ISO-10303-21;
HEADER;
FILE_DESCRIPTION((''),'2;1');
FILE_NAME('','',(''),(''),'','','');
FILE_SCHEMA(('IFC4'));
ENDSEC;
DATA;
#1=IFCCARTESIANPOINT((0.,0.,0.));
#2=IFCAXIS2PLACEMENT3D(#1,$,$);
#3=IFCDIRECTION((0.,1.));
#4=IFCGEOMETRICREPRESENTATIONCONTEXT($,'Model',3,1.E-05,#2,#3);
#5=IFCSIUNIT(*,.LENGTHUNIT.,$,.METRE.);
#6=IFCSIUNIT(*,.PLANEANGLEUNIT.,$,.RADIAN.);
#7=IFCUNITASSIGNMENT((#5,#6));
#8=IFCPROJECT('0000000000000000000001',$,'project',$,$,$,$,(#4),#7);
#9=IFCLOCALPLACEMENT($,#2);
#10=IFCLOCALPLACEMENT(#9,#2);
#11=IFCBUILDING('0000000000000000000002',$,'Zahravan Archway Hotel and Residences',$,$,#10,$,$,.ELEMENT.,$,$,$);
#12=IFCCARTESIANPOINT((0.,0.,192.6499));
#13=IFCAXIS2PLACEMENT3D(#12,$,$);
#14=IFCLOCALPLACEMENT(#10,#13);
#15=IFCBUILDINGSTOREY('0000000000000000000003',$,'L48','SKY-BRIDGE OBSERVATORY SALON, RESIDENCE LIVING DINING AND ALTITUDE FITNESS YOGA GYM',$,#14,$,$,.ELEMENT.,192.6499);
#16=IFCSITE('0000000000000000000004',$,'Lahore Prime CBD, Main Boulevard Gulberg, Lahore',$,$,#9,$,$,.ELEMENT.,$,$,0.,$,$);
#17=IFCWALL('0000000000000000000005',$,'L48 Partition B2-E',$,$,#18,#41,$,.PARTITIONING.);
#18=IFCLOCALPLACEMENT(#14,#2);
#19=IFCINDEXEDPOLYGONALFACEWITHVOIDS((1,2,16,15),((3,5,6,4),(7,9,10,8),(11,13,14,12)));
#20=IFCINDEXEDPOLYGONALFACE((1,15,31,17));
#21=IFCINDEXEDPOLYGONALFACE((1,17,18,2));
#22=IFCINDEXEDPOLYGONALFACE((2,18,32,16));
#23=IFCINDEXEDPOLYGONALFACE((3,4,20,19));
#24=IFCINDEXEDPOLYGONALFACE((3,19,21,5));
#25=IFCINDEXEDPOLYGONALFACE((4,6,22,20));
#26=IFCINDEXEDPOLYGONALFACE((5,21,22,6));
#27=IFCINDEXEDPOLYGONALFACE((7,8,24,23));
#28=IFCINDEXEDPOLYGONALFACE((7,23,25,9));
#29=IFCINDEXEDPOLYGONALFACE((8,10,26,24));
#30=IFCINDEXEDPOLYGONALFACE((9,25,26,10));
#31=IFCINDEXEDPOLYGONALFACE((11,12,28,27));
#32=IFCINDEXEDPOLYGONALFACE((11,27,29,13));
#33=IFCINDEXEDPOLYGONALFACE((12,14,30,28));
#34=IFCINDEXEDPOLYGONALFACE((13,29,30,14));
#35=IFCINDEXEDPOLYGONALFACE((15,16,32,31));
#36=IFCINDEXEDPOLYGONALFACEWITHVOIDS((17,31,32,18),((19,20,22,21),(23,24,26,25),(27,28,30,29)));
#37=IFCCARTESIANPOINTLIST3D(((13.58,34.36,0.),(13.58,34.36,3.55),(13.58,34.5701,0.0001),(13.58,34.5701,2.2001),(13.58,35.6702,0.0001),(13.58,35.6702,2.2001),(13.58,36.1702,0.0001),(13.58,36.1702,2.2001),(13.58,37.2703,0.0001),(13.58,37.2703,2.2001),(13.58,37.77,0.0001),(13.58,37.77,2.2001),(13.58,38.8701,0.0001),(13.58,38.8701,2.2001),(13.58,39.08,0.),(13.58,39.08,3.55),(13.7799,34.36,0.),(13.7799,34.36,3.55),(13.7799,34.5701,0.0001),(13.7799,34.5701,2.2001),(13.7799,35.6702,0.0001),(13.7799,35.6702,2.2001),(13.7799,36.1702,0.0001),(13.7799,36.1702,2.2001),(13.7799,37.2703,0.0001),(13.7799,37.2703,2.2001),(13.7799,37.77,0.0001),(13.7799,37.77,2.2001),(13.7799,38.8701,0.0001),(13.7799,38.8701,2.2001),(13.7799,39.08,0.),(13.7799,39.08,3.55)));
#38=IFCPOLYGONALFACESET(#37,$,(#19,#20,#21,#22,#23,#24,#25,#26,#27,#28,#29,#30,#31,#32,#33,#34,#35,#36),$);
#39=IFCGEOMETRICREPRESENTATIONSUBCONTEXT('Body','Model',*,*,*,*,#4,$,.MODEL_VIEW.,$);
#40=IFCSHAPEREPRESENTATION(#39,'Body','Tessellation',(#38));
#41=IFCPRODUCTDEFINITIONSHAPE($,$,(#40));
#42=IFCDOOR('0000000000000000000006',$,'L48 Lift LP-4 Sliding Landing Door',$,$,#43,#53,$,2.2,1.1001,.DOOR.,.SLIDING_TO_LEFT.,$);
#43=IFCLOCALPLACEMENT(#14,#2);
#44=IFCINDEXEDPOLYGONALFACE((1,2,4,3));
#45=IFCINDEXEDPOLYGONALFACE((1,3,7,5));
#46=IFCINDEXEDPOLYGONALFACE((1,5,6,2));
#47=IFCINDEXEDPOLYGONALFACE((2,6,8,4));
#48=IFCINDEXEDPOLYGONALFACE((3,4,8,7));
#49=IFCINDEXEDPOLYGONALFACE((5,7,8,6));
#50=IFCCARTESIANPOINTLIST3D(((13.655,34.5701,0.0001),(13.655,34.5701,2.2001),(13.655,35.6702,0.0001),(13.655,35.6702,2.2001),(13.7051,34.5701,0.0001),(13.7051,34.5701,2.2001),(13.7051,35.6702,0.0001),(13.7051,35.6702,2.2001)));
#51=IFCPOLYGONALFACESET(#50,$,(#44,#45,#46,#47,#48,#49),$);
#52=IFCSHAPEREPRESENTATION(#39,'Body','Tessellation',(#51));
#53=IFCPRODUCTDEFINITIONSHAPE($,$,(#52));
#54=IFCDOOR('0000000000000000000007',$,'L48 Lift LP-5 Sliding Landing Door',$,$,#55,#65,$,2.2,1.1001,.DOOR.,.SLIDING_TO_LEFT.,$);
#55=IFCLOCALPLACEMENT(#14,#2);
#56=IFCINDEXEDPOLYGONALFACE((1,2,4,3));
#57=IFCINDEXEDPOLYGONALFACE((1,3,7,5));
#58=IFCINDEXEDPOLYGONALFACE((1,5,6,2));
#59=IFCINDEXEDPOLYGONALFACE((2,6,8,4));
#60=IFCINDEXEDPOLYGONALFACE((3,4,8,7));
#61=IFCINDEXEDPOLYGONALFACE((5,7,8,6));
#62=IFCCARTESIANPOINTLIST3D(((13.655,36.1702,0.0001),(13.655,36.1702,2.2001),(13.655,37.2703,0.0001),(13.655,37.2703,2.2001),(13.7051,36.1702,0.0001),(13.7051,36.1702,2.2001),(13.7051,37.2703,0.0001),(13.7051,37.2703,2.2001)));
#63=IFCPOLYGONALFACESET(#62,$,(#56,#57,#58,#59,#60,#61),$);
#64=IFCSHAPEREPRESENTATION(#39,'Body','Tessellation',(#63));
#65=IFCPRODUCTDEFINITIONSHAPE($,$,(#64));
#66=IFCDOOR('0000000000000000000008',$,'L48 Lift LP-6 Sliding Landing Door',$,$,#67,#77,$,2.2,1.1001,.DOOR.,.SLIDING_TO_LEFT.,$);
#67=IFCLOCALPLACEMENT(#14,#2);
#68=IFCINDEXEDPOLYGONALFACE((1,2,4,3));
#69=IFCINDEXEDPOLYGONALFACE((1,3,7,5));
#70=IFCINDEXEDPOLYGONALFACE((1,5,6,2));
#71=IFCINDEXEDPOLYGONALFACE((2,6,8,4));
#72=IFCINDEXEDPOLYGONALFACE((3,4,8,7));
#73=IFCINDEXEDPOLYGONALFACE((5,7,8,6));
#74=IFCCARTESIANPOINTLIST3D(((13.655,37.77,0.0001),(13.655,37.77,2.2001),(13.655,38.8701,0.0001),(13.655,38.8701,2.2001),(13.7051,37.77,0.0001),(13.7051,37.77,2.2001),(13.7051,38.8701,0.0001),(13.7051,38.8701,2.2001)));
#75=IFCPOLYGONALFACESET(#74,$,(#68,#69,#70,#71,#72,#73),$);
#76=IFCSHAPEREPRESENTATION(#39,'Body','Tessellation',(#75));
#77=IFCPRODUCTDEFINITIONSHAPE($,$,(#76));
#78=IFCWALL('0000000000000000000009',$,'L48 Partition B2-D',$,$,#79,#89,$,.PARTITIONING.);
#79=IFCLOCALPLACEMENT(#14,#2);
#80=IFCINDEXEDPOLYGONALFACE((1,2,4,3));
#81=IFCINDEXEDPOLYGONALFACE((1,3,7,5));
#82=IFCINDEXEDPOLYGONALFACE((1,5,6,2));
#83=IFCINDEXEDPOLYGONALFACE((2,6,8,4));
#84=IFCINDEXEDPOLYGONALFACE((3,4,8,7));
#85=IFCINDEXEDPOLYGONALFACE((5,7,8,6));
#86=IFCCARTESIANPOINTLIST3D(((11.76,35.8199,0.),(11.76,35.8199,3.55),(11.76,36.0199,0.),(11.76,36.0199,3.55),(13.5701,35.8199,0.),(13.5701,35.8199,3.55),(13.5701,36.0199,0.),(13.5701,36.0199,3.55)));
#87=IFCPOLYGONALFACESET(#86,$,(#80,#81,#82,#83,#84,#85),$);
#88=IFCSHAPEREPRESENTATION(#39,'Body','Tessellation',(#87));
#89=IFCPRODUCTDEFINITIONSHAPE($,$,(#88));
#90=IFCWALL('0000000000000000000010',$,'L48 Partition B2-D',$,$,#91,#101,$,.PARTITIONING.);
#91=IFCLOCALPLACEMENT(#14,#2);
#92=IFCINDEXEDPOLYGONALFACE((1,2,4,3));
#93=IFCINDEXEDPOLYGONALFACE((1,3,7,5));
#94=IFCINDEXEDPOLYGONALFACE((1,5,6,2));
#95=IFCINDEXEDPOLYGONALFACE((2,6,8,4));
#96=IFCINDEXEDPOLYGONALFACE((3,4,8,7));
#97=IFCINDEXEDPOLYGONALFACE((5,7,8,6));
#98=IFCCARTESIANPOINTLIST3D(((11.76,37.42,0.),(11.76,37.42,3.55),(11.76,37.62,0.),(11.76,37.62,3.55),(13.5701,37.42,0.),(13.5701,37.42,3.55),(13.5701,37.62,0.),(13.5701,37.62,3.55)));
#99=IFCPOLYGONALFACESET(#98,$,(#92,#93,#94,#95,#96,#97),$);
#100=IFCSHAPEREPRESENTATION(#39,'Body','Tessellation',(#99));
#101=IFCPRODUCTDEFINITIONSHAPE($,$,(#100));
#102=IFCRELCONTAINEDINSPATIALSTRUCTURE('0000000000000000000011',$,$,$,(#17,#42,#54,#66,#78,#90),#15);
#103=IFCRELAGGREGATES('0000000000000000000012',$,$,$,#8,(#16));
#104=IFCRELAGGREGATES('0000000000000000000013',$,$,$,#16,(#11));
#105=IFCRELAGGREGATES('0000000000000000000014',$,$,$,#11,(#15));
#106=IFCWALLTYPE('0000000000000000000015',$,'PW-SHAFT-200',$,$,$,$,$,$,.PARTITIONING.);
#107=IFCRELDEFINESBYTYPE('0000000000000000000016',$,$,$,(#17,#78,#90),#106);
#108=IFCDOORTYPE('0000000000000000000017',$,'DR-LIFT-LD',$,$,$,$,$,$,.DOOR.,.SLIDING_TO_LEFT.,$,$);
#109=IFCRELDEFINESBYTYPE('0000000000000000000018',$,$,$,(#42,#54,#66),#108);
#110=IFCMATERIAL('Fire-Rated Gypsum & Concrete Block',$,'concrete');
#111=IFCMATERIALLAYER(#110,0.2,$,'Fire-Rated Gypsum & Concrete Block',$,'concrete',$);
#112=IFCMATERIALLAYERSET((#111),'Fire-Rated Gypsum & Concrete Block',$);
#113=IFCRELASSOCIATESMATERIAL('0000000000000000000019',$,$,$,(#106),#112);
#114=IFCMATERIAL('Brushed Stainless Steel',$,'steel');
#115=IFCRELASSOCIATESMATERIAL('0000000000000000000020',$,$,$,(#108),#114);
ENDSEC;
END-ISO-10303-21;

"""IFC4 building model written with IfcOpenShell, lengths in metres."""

from ifc_helpers import new_model, si_unit, direction, frame, frame_2d, origin, place, context, subcontext, project, spatial, rectangle, extrude, source, transform, mapped, material, layer, layer_set, type_object, type_shapes, element, fill, save


model = new_model("IFC4")

# Units and contexts
model_context = context("Model", 3, precision=1e-05, world=origin(), true_north=direction((0.0, 1.0)))
body_context = subcontext(model_context, "Body", "Model", "MODEL_VIEW")
ifc_project = project(units=[si_unit("LENGTHUNIT", "METRE"), si_unit("PLANEANGLEUNIT", "RADIAN")], contexts=[model_context])

# Site, building, storey
site_placement = place(None, origin())
site = spatial("IfcSite", under=ifc_project, at=site_placement, Name="Lahore Prime CBD, Main Boulevard Gulberg, Lahore", CompositionType="ELEMENT", RefElevation=0.0)
building_placement = place(site_placement, origin())
building = spatial("IfcBuilding", under=site, at=building_placement, Name="Zahravan Archway Hotel and Residences", CompositionType="ELEMENT")
storey_placement = place(building_placement, frame((0.0, 0.0, 192.6499)))
storey = spatial("IfcBuildingStorey", under=building, at=storey_placement, Name="L48", Description="SKY-BRIDGE OBSERVATORY SALON, RESIDENCE LIVING DINING AND ALTITUDE FITNESS YOGA GYM", CompositionType="ELEMENT", Elevation=192.6499)

# Shared definitions
ifc_material_1 = material(Name="Fire-Rated Gypsum & Concrete Block", Category="concrete")

# Shared definitions
ifc_layer_1 = layer(ifc_material_1, 0.2, Name="Fire-Rated Gypsum & Concrete Block", Category="concrete")
ifc_layer_set_1 = layer_set([ifc_layer_1], Name="Fire-Rated Gypsum & Concrete Block")
wall_type_1 = type_object("IfcWallType", Name="PW-SHAFT-200", PredefinedType="PARTITIONING", material=ifc_layer_set_1)

# Wall, openings, doors
wall_1_placement = place(storey_placement, frame((13.6799, 34.3601, 0.0), z_axis=(0.0, 0.0, 1.0), x_axis=(0.0, 1.0, 0.0)))
wall_1 = element("IfcWall", 1, at=wall_1_placement, inside=storey, type_object=wall_type_1, Name="L48 Partition B2-E", PredefinedType="PARTITIONING", context=body_context, shape_type="SweptSolid", body=[
    extrude(rectangle(XDim=4.72, YDim=0.2, at=frame_2d((2.3599, 0.0))), origin(), (0.0, 0.0, 1.0), 3.55),
])
opening_1_placement = place(wall_1_placement, frame((0.21, 0.0, 0.0)))
opening_1 = element("IfcOpeningElement", 2, at=opening_1_placement, cuts=wall_1, PredefinedType="OPENING", context=body_context, shape_type="SweptSolid", body=[
    extrude(rectangle(XDim=1.1001, YDim=2.2, at=frame_2d((0.55, 1.1001))), frame((0.0, 0.1099, 0.0), z_axis=(0.0, -1.0, 0.0), x_axis=(1.0, 0.0, 0.0)), (0.0, 0.0, 1.0), 0.22),
])
opening_2_placement = place(wall_1_placement, frame((1.8101, 0.0, 0.0)))
opening_2 = element("IfcOpeningElement", 3, at=opening_2_placement, cuts=wall_1, PredefinedType="OPENING", context=body_context, shape_type="SweptSolid", body=[
    extrude(rectangle(XDim=1.1001, YDim=2.2, at=frame_2d((0.55, 1.1001))), frame((0.0, 0.1099, 0.0), z_axis=(0.0, -1.0, 0.0), x_axis=(1.0, 0.0, 0.0)), (0.0, 0.0, 1.0), 0.22),
])
opening_3_placement = place(wall_1_placement, frame((3.4099, 0.0, 0.0)))
opening_3 = element("IfcOpeningElement", 4, at=opening_3_placement, cuts=wall_1, PredefinedType="OPENING", context=body_context, shape_type="SweptSolid", body=[
    extrude(rectangle(XDim=1.1001, YDim=2.2, at=frame_2d((0.55, 1.1001))), frame((0.0, 0.1099, 0.0), z_axis=(0.0, -1.0, 0.0), x_axis=(1.0, 0.0, 0.0)), (0.0, 0.0, 1.0), 0.22),
])
ifc_material_2 = material(Name="Brushed Stainless Steel", Category="steel")
door_type_1 = type_object("IfcDoorType", Name="DR-LIFT-LD", OperationType="SLIDING_TO_LEFT", PredefinedType="DOOR", material=ifc_material_2)
shared_shape_1 = source(origin(), body_context, "Body", "SweptSolid", [
    extrude(rectangle(XDim=1.1001, YDim=2.2, at=frame_2d((0.55, 1.1001))), frame((0.0, 0.0249, 0.0), z_axis=(0.0, -1.0, 0.0), x_axis=(1.0, 0.0, 0.0)), (0.0, 0.0, 1.0), 0.05),
])
type_shapes(door_type_1, [shared_shape_1])
door_1_placement = place(opening_1_placement, origin())
door_1 = element("IfcDoor", 5, at=door_1_placement, inside=storey, type_object=door_type_1, Name="L48 Lift LP-4 Sliding Landing Door", OperationType="SLIDING_TO_LEFT", OverallHeight=2.2, OverallWidth=1.1001, PredefinedType="DOOR", context=body_context, shape_type="MappedRepresentation", body=[
    mapped(shared_shape_1, transform((0.0, 0.0, 0.0), scale=1.0)),
])
fill(opening_1, door_1)
door_2_placement = place(opening_2_placement, origin())
door_2 = element("IfcDoor", 6, at=door_2_placement, inside=storey, type_object=door_type_1, Name="L48 Lift LP-5 Sliding Landing Door", OperationType="SLIDING_TO_LEFT", OverallHeight=2.2, OverallWidth=1.1001, PredefinedType="DOOR", context=body_context, shape_type="MappedRepresentation", body=[
    mapped(shared_shape_1, transform((0.0, 0.0, 0.0), scale=1.0)),
])
fill(opening_2, door_2)
door_3_placement = place(opening_3_placement, origin())
door_3 = element("IfcDoor", 7, at=door_3_placement, inside=storey, type_object=door_type_1, Name="L48 Lift LP-6 Sliding Landing Door", OperationType="SLIDING_TO_LEFT", OverallHeight=2.2, OverallWidth=1.1001, PredefinedType="DOOR", context=body_context, shape_type="MappedRepresentation", body=[
    mapped(shared_shape_1, transform((0.0, 0.0, 0.0), scale=1.0)),
])
fill(opening_3, door_3)

# Walls
for number, where, z_axis, x_axis, name in (
    (8, (11.76, 35.9199, 0.0), (0.0, 0.0, 1.0), (1.0, 0.0, 0.0), "L48 Partition B2-D"),
    (9, (11.76, 37.52, 0.0), (0.0, 0.0, 1.0), (1.0, 0.0, 0.0), "L48 Partition B2-D"),
):
    element("IfcWall", number, at=place(storey_placement, frame(where, z_axis=z_axis, x_axis=x_axis)), inside=storey, type_object=wall_type_1, Name=name, PredefinedType="PARTITIONING", context=body_context, shape_type="SweptSolid", body=[
        extrude(rectangle(XDim=1.8101, YDim=0.2, at=frame_2d((0.905, 0.0))), origin(), (0.0, 0.0, 1.0), 3.55),
    ])

save(model, "model.ifc")
